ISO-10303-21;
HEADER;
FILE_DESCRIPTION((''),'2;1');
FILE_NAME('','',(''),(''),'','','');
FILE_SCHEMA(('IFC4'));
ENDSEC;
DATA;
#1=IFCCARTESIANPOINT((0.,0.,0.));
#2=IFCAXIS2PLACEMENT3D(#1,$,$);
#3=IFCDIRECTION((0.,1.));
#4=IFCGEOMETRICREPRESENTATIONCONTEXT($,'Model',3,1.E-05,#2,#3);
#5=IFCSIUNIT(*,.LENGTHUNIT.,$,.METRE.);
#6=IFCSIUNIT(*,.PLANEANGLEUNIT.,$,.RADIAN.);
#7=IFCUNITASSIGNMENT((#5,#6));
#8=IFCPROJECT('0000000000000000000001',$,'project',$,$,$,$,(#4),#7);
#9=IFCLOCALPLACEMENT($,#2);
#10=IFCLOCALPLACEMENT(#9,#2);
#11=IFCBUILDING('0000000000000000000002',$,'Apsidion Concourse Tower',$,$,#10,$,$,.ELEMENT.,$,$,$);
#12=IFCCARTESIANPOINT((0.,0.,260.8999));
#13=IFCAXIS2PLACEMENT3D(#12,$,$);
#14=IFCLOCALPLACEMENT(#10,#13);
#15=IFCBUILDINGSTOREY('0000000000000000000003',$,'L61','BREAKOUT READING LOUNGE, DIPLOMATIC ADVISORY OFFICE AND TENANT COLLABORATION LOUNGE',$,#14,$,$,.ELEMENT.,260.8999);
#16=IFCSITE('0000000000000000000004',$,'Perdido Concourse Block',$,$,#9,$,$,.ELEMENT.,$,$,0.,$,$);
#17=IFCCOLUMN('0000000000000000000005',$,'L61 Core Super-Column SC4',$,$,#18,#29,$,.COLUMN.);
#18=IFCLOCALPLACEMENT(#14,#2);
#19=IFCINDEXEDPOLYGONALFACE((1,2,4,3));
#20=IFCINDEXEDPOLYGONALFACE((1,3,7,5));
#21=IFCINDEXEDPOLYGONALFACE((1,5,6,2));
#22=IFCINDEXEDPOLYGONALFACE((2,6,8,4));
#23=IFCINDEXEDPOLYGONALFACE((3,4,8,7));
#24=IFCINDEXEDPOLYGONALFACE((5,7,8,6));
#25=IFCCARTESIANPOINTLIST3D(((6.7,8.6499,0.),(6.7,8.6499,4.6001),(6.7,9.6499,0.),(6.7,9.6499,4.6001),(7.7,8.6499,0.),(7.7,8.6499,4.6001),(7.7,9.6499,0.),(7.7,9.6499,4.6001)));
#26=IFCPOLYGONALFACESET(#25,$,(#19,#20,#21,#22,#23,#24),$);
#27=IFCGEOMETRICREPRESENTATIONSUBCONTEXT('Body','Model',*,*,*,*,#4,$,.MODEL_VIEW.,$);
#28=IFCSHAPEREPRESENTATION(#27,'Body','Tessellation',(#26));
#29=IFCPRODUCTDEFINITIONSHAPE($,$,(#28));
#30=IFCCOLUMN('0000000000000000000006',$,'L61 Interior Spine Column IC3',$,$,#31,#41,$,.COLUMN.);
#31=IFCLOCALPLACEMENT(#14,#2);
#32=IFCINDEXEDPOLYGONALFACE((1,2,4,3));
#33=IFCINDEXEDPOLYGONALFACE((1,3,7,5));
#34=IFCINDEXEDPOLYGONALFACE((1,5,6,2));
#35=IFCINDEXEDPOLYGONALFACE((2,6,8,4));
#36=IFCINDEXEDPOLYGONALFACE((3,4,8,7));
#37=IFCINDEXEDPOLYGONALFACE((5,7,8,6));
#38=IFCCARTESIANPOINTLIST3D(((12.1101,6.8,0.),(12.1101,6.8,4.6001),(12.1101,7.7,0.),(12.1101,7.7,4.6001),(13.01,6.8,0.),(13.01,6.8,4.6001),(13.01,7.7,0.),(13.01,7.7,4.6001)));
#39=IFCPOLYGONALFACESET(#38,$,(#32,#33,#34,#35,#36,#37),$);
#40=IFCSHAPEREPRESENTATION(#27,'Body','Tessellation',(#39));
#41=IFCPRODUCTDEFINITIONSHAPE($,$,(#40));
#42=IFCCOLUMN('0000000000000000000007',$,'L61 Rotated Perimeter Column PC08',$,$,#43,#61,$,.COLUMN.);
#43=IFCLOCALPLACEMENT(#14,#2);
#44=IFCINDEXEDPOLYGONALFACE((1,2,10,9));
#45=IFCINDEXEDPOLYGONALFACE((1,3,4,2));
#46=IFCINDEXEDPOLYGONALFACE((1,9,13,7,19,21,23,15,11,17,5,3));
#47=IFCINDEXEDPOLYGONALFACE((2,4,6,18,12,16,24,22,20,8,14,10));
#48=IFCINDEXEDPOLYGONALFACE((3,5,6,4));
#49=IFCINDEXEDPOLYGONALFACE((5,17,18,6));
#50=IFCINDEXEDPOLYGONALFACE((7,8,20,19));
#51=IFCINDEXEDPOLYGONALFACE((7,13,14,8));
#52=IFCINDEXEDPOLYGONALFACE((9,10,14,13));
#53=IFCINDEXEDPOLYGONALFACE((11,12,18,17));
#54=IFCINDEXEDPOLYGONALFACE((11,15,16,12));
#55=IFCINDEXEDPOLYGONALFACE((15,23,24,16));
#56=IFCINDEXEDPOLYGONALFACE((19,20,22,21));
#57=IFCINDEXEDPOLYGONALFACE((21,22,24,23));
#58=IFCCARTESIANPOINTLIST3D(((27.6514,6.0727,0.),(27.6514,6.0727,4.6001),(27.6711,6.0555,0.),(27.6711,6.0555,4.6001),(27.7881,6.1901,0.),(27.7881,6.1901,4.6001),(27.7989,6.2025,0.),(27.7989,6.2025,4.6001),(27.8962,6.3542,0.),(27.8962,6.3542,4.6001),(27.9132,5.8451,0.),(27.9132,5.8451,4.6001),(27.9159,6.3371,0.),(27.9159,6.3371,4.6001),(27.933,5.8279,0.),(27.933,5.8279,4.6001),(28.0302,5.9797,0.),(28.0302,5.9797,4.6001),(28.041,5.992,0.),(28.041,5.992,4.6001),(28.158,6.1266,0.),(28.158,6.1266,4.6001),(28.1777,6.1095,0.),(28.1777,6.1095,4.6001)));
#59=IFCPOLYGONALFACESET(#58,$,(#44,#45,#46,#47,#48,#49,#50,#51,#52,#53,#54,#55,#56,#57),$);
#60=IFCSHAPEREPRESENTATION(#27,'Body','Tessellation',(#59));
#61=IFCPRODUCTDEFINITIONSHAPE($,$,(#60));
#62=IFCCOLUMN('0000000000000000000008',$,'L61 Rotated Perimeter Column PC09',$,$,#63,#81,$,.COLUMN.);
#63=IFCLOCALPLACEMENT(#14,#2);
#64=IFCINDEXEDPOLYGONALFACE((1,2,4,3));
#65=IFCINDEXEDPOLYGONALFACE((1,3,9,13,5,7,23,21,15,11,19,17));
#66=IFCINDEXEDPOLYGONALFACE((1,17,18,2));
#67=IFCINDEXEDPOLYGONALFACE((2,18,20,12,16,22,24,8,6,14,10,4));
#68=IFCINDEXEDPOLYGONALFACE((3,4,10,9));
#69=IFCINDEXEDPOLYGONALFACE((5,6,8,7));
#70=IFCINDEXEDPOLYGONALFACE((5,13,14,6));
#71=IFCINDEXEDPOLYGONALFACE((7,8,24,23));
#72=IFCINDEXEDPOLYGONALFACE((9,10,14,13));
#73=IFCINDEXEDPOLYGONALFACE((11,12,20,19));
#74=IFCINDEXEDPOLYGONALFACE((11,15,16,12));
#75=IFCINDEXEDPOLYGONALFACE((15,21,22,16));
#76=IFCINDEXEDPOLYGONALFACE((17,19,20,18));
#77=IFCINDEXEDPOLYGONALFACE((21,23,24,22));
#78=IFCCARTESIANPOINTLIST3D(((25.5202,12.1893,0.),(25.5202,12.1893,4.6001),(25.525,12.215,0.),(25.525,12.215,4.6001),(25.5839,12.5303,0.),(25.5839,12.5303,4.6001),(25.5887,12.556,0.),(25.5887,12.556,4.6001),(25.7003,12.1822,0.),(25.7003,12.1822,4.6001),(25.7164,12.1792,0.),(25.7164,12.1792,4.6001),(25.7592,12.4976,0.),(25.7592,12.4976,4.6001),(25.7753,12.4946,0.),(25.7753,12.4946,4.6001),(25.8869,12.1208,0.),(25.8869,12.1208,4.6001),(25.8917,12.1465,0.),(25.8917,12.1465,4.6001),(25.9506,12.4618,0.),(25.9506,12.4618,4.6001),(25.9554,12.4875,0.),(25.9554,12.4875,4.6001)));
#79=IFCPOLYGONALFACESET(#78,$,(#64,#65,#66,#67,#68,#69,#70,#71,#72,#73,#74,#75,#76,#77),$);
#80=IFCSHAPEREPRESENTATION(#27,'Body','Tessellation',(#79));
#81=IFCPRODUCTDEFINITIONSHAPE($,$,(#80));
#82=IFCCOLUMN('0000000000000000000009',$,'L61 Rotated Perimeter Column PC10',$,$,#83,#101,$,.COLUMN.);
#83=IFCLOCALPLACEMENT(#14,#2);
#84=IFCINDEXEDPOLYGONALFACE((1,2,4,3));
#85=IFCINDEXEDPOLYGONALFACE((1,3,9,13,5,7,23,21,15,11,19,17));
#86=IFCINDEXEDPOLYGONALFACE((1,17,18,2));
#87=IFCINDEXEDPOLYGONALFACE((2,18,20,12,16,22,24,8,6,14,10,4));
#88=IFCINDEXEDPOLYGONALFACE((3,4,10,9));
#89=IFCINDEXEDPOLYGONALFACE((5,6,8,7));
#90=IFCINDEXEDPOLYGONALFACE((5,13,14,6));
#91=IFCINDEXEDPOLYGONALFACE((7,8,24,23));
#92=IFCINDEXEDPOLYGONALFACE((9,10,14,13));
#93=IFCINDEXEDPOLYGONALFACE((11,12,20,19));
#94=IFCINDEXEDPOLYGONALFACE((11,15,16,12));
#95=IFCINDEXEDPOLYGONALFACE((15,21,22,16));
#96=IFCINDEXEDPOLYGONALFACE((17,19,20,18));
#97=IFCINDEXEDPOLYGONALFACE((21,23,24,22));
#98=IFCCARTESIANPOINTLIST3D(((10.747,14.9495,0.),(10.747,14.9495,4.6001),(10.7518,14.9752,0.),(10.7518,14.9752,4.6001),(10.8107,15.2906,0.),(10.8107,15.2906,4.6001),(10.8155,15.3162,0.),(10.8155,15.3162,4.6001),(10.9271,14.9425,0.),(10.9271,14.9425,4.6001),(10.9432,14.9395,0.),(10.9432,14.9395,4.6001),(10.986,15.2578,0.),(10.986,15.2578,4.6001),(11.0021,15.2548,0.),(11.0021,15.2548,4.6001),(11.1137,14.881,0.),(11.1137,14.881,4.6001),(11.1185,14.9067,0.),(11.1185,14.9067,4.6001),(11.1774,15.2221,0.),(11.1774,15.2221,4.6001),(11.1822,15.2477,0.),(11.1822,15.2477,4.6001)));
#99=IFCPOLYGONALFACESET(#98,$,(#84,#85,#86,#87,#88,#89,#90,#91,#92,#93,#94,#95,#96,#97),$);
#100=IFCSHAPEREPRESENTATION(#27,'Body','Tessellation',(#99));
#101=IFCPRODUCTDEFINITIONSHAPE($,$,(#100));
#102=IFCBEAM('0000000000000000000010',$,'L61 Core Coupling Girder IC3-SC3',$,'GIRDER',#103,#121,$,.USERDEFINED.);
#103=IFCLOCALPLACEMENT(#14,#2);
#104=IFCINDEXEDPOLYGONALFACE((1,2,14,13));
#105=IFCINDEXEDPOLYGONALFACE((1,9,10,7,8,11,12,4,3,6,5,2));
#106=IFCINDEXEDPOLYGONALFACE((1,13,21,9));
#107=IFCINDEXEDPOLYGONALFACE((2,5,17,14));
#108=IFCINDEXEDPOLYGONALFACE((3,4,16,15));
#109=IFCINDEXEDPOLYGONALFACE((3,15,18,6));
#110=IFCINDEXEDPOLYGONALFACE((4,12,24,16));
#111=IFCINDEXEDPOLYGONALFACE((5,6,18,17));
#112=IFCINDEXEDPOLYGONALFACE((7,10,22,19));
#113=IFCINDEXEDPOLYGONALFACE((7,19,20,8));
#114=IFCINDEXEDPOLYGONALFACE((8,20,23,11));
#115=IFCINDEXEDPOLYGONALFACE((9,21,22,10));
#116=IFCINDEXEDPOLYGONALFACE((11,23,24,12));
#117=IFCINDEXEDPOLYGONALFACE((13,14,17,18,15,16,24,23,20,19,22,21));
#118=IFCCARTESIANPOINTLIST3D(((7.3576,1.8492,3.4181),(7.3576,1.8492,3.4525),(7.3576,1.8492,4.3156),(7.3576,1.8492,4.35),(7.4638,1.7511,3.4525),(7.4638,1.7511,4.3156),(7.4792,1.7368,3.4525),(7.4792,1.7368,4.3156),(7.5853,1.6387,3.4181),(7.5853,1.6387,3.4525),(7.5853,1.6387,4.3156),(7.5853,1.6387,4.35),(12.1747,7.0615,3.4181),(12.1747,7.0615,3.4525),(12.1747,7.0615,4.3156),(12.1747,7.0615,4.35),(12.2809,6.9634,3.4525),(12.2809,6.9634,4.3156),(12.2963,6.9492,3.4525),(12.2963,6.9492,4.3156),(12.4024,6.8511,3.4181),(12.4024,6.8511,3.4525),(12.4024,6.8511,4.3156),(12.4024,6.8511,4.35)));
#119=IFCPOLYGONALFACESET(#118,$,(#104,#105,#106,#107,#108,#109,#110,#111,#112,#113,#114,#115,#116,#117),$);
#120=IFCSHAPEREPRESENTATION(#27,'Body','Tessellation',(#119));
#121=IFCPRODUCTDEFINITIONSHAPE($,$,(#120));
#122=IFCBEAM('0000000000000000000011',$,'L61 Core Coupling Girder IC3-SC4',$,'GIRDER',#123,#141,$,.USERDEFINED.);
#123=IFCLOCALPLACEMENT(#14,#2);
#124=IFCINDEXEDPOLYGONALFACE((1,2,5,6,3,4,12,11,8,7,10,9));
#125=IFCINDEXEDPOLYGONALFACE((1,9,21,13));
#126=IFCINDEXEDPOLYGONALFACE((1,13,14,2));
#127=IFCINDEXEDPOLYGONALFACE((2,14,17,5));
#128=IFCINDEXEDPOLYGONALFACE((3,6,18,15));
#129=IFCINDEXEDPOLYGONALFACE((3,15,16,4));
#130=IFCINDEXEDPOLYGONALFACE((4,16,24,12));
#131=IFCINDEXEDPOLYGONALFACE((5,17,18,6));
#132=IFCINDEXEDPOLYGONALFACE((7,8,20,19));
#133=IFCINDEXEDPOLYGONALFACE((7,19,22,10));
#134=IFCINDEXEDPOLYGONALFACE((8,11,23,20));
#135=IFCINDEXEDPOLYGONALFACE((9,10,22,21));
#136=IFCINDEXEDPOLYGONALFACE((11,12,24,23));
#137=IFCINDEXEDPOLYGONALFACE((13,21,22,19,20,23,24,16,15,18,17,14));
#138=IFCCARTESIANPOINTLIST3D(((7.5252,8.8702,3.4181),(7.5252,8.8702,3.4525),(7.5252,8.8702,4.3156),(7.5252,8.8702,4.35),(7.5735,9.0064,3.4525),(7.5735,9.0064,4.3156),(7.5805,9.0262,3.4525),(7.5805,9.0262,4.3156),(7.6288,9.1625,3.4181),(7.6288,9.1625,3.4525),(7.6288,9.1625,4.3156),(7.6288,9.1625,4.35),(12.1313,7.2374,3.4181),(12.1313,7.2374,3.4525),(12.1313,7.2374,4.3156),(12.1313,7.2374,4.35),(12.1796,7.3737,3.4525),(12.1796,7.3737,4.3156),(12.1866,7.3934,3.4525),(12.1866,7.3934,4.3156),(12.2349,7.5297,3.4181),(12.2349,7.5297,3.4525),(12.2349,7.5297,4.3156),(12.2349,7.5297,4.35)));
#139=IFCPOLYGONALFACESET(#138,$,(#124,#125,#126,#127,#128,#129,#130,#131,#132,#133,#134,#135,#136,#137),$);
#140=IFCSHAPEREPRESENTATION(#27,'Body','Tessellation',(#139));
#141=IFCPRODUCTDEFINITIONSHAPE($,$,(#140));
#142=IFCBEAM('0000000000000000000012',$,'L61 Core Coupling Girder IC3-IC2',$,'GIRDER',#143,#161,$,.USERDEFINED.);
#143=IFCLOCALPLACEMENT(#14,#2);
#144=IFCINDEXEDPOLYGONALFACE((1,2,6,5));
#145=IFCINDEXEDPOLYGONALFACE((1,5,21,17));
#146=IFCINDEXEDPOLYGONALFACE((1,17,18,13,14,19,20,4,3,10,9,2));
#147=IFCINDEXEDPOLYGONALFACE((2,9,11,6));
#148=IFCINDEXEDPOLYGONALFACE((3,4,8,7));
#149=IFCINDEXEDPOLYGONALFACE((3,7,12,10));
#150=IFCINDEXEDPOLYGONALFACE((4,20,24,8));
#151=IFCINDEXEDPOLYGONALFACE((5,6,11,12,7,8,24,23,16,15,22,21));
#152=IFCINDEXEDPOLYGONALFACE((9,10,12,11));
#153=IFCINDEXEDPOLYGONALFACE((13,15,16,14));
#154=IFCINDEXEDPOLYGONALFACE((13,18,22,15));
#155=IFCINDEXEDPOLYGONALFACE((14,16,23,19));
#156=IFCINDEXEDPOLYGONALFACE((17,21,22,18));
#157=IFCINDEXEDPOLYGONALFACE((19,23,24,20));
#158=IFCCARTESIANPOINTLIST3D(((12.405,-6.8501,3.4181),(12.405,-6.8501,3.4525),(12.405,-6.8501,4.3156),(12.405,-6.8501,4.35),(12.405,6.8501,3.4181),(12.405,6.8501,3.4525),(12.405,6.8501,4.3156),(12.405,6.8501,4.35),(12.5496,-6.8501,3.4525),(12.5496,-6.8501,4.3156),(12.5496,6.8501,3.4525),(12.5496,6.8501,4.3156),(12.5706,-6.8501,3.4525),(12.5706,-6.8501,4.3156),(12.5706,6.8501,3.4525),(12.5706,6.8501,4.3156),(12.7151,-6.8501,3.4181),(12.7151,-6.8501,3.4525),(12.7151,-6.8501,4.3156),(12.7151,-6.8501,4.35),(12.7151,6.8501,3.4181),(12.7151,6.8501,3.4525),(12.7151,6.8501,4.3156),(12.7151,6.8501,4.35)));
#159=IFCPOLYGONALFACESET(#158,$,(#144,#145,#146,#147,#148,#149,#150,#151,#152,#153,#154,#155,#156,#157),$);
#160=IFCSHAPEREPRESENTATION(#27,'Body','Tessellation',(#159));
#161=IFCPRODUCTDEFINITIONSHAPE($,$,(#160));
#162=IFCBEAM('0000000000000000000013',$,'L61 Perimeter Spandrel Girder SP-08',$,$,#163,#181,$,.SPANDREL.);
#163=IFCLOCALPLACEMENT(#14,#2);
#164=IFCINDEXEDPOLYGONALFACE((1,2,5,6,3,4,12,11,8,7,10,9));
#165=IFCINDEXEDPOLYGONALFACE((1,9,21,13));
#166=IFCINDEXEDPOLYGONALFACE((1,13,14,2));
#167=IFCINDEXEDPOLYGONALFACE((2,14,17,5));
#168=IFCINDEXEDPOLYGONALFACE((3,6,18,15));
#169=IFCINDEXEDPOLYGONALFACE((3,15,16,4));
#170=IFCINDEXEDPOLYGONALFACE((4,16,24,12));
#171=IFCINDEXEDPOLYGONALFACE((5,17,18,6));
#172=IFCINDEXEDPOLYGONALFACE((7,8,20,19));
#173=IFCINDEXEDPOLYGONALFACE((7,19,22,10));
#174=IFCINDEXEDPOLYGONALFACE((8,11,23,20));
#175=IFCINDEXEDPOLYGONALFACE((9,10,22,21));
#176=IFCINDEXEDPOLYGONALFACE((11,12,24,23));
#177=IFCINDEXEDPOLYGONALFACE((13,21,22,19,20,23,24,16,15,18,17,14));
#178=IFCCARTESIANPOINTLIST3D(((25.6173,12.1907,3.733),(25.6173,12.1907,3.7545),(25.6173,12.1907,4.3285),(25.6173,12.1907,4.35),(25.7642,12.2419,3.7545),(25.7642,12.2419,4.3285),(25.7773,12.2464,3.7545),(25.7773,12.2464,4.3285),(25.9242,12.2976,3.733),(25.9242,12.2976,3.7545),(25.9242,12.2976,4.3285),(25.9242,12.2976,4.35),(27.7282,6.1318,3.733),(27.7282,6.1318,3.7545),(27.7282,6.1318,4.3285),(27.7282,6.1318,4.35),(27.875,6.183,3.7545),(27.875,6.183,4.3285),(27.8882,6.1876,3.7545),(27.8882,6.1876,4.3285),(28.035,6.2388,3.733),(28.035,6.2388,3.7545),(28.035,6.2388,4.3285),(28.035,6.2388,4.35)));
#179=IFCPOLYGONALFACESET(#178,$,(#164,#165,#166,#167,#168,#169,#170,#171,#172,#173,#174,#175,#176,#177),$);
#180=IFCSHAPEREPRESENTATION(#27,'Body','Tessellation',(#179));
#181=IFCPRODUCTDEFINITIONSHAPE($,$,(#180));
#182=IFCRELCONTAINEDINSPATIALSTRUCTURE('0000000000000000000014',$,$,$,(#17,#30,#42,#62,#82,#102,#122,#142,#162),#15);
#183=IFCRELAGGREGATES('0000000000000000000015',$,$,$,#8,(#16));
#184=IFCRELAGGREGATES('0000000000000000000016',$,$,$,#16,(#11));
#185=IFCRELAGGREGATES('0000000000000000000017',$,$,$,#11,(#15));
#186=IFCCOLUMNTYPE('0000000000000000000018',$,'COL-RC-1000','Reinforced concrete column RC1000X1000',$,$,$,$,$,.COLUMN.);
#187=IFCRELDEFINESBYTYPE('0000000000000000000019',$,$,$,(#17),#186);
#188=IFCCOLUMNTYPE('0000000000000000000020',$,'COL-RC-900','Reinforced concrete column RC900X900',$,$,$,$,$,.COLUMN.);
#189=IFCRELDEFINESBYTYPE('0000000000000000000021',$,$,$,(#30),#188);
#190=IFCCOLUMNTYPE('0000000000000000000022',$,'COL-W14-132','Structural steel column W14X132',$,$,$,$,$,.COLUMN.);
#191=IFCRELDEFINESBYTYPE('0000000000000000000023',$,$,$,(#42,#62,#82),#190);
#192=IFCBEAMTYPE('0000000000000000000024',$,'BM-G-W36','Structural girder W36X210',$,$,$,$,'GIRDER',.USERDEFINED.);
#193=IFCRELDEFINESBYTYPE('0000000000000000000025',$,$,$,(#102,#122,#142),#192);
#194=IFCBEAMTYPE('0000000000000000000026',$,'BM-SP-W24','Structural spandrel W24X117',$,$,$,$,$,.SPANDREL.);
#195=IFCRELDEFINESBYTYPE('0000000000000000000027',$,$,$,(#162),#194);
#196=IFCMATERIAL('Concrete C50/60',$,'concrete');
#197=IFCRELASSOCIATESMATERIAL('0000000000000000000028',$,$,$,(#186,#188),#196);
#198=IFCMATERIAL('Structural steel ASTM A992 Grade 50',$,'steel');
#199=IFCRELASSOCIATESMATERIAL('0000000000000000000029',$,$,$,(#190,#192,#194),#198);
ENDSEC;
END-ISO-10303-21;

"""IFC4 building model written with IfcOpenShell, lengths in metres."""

from ifc_helpers import new_model, si_unit, direction, frame, origin, origin_2d, place, context, subcontext, project, spatial, rectangle, i_section, extrude, material, material_profile, profile_set, type_object, element, save


model = new_model("IFC4")

# Units and contexts
model_context = context("Model", 3, precision=1e-05, world=origin(), true_north=direction((0.0, 1.0)))
body_context = subcontext(model_context, "Body", "Model", "MODEL_VIEW")
ifc_project = project(units=[si_unit("LENGTHUNIT", "METRE"), si_unit("PLANEANGLEUNIT", "RADIAN")], contexts=[model_context])

# Site, building, storey
site_placement = place(None, origin())
site = spatial("IfcSite", under=ifc_project, at=site_placement, Name="Perdido Concourse Block", CompositionType="ELEMENT", RefElevation=0.0)
building_placement = place(site_placement, origin())
building = spatial("IfcBuilding", under=site, at=building_placement, Name="Apsidion Concourse Tower", CompositionType="ELEMENT")
storey_placement = place(building_placement, frame((0.0, 0.0, 260.8999)))
storey = spatial("IfcBuildingStorey", under=building, at=storey_placement, Name="L61", Description="BREAKOUT READING LOUNGE, DIPLOMATIC ADVISORY OFFICE AND TENANT COLLABORATION LOUNGE", CompositionType="ELEMENT", Elevation=260.8999)

# Columns
ifc_material_1 = material(Name="Concrete C50/60", Category="concrete")
ifc_material_profile_1 = material_profile(ifc_material_1, rectangle(XDim=1.0, YDim=1.0, at=origin_2d()), Name="RC 1000x1000")
ifc_profile_set_1 = profile_set([ifc_material_profile_1], Name="Concrete C50/60")
column_type_1 = type_object("IfcColumnType", Name="COL-RC-1000", Description="Reinforced concrete column RC1000X1000", PredefinedType="COLUMN", material=ifc_profile_set_1)
column_1_placement = place(storey_placement, frame((7.2, 9.1499, 0.0), z_axis=(0.0, 0.0, 1.0), x_axis=(1.0, 0.0, 0.0)))
element("IfcColumn", 1, at=column_1_placement, inside=storey, type_object=column_type_1, Name="L61 Core Super-Column SC4", PredefinedType="COLUMN", context=body_context, shape_type="SweptSolid", body=[
    extrude(rectangle(XDim=1.0, YDim=1.0, at=origin_2d()), origin(), (0.0, 0.0, 1.0), 4.6001),
])
ifc_material_profile_2 = material_profile(ifc_material_1, rectangle(XDim=0.8999, YDim=0.8999, at=origin_2d()), Name="RC 900x900")
ifc_profile_set_2 = profile_set([ifc_material_profile_2], Name="Concrete C50/60")
column_type_2 = type_object("IfcColumnType", Name="COL-RC-900", Description="Reinforced concrete column RC900X900", PredefinedType="COLUMN", material=ifc_profile_set_2)
column_2_placement = place(storey_placement, frame((12.5601, 7.25, 0.0), z_axis=(0.0, 0.0, 1.0), x_axis=(1.0, 0.0, 0.0)))
element("IfcColumn", 2, at=column_2_placement, inside=storey, type_object=column_type_2, Name="L61 Interior Spine Column IC3", PredefinedType="COLUMN", context=body_context, shape_type="SweptSolid", body=[
    extrude(rectangle(XDim=0.8999, YDim=0.8999, at=origin_2d()), origin(), (0.0, 0.0, 1.0), 4.6001),
])
ifc_material_2 = material(Name="Structural steel ASTM A992 Grade 50", Category="steel")
ifc_material_profile_3 = material_profile(ifc_material_2, i_section(OverallWidth=0.373, OverallDepth=0.373, WebThickness=0.0164, FlangeThickness=0.0261, at=origin_2d()), Name="W14X132")
ifc_profile_set_3 = profile_set([ifc_material_profile_3], Name="Structural steel ASTM A992 Grade 50")
column_type_3 = type_object("IfcColumnType", Name="COL-W14-132", Description="Structural steel column W14X132", PredefinedType="COLUMN", material=ifc_profile_set_3)
for number, where, z_axis, x_axis, name in (
    (3, (27.9146, 6.0911, 0.0), (0.0, 0.0, 1.0), (0.656059, 0.75471, 0.0), "L61 Rotated Perimeter Column PC08"),
    (4, (25.7378, 12.3384, 0.0), (0.0, 0.0, 1.0), (-0.983, 0.183608, 0.0), "L61 Rotated Perimeter Column PC09"),
    (5, (10.9646, 15.0986, 0.0), (0.0, 0.0, 1.0), (-0.983, 0.183608, 0.0), "L61 Rotated Perimeter Column PC10"),
):
    element("IfcColumn", number, at=place(storey_placement, frame(where, z_axis=z_axis, x_axis=x_axis)), inside=storey, type_object=column_type_3, Name=name, PredefinedType="COLUMN", context=body_context, shape_type="SweptSolid", body=[
        extrude(i_section(OverallWidth=0.373, OverallDepth=0.373, WebThickness=0.0164, FlangeThickness=0.0261, at=origin_2d()), origin(), (0.0, 0.0, 1.0), 4.6001),
    ])

# Beams
ifc_material_profile_4 = material_profile(ifc_material_2, i_section(OverallWidth=0.3101, OverallDepth=0.9319, WebThickness=0.021, FlangeThickness=0.0344, at=origin_2d()), Name="W36X210")
ifc_profile_set_4 = profile_set([ifc_material_profile_4], Name="Structural steel ASTM A992 Grade 50")
beam_type_1 = type_object("IfcBeamType", Name="BM-G-W36", Description="Structural girder W36X210", ElementType="GIRDER", PredefinedType="USERDEFINED", material=ifc_profile_set_4)
beam_1_placement = place(storey_placement, frame((12.2886, 6.9563, 3.884), z_axis=(-0.678713, -0.734404, 0.0), x_axis=(0.734404, -0.678713, 0.0)))
element("IfcBeam", 6, at=beam_1_placement, inside=storey, type_object=beam_type_1, Name="L61 Core Coupling Girder IC3-SC3", ObjectType="GIRDER", PredefinedType="USERDEFINED", context=body_context, shape_type="SweptSolid", body=[
    extrude(i_section(OverallWidth=0.3101, OverallDepth=0.9319, WebThickness=0.021, FlangeThickness=0.0344, at=origin_2d()), origin(), (0.0, 0.0, 1.0), 7.0974),
])
beam_2_placement = place(storey_placement, frame((12.1831, 7.3835, 3.884), z_axis=(-0.942534, 0.334111, 0.0), x_axis=(-0.334111, -0.942534, 0.0)))
element("IfcBeam", 7, at=beam_2_placement, inside=storey, type_object=beam_type_1, Name="L61 Core Coupling Girder IC3-SC4", ObjectType="GIRDER", PredefinedType="USERDEFINED", context=body_context, shape_type="SweptSolid", body=[
    extrude(i_section(OverallWidth=0.3101, OverallDepth=0.9319, WebThickness=0.021, FlangeThickness=0.0344, at=origin_2d()), origin(), (0.0, 0.0, 1.0), 4.887),
])
beam_3_placement = place(storey_placement, frame((12.5601, 6.8501, 3.884), z_axis=(0.0, -1.0, 0.0), x_axis=(1.0, 0.0, 0.0)))
element("IfcBeam", 8, at=beam_3_placement, inside=storey, type_object=beam_type_1, Name="L61 Core Coupling Girder IC3-IC2", ObjectType="GIRDER", PredefinedType="USERDEFINED", context=body_context, shape_type="SweptSolid", body=[
    extrude(i_section(OverallWidth=0.3101, OverallDepth=0.9319, WebThickness=0.021, FlangeThickness=0.0344, at=origin_2d()), origin(), (0.0, 0.0, 1.0), 13.7002),
])
ifc_material_profile_5 = material_profile(ifc_material_2, i_section(OverallWidth=0.325, OverallDepth=0.6169, WebThickness=0.0139, FlangeThickness=0.0215, at=origin_2d()), Name="W24X117")
ifc_profile_set_5 = profile_set([ifc_material_profile_5], Name="Structural steel ASTM A992 Grade 50")
beam_type_2 = type_object("IfcBeamType", Name="BM-SP-W24", Description="Structural spandrel W24X117", PredefinedType="SPANDREL", material=ifc_profile_set_5)
beam_4_placement = place(storey_placement, frame((27.8816, 6.1853, 4.0415), z_axis=(-0.328996, 0.944331, 0.0), x_axis=(-0.944331, -0.328996, 0.0)))
element("IfcBeam", 9, at=beam_4_placement, inside=storey, type_object=beam_type_2, Name="L61 Perimeter Spandrel Girder SP-08", PredefinedType="SPANDREL", context=body_context, shape_type="SweptSolid", body=[
    extrude(i_section(OverallWidth=0.325, OverallDepth=0.6169, WebThickness=0.0139, FlangeThickness=0.0215, at=origin_2d()), origin(), (0.0, 0.0, 1.0), 6.416),
])

save(model, "model.ifc")
